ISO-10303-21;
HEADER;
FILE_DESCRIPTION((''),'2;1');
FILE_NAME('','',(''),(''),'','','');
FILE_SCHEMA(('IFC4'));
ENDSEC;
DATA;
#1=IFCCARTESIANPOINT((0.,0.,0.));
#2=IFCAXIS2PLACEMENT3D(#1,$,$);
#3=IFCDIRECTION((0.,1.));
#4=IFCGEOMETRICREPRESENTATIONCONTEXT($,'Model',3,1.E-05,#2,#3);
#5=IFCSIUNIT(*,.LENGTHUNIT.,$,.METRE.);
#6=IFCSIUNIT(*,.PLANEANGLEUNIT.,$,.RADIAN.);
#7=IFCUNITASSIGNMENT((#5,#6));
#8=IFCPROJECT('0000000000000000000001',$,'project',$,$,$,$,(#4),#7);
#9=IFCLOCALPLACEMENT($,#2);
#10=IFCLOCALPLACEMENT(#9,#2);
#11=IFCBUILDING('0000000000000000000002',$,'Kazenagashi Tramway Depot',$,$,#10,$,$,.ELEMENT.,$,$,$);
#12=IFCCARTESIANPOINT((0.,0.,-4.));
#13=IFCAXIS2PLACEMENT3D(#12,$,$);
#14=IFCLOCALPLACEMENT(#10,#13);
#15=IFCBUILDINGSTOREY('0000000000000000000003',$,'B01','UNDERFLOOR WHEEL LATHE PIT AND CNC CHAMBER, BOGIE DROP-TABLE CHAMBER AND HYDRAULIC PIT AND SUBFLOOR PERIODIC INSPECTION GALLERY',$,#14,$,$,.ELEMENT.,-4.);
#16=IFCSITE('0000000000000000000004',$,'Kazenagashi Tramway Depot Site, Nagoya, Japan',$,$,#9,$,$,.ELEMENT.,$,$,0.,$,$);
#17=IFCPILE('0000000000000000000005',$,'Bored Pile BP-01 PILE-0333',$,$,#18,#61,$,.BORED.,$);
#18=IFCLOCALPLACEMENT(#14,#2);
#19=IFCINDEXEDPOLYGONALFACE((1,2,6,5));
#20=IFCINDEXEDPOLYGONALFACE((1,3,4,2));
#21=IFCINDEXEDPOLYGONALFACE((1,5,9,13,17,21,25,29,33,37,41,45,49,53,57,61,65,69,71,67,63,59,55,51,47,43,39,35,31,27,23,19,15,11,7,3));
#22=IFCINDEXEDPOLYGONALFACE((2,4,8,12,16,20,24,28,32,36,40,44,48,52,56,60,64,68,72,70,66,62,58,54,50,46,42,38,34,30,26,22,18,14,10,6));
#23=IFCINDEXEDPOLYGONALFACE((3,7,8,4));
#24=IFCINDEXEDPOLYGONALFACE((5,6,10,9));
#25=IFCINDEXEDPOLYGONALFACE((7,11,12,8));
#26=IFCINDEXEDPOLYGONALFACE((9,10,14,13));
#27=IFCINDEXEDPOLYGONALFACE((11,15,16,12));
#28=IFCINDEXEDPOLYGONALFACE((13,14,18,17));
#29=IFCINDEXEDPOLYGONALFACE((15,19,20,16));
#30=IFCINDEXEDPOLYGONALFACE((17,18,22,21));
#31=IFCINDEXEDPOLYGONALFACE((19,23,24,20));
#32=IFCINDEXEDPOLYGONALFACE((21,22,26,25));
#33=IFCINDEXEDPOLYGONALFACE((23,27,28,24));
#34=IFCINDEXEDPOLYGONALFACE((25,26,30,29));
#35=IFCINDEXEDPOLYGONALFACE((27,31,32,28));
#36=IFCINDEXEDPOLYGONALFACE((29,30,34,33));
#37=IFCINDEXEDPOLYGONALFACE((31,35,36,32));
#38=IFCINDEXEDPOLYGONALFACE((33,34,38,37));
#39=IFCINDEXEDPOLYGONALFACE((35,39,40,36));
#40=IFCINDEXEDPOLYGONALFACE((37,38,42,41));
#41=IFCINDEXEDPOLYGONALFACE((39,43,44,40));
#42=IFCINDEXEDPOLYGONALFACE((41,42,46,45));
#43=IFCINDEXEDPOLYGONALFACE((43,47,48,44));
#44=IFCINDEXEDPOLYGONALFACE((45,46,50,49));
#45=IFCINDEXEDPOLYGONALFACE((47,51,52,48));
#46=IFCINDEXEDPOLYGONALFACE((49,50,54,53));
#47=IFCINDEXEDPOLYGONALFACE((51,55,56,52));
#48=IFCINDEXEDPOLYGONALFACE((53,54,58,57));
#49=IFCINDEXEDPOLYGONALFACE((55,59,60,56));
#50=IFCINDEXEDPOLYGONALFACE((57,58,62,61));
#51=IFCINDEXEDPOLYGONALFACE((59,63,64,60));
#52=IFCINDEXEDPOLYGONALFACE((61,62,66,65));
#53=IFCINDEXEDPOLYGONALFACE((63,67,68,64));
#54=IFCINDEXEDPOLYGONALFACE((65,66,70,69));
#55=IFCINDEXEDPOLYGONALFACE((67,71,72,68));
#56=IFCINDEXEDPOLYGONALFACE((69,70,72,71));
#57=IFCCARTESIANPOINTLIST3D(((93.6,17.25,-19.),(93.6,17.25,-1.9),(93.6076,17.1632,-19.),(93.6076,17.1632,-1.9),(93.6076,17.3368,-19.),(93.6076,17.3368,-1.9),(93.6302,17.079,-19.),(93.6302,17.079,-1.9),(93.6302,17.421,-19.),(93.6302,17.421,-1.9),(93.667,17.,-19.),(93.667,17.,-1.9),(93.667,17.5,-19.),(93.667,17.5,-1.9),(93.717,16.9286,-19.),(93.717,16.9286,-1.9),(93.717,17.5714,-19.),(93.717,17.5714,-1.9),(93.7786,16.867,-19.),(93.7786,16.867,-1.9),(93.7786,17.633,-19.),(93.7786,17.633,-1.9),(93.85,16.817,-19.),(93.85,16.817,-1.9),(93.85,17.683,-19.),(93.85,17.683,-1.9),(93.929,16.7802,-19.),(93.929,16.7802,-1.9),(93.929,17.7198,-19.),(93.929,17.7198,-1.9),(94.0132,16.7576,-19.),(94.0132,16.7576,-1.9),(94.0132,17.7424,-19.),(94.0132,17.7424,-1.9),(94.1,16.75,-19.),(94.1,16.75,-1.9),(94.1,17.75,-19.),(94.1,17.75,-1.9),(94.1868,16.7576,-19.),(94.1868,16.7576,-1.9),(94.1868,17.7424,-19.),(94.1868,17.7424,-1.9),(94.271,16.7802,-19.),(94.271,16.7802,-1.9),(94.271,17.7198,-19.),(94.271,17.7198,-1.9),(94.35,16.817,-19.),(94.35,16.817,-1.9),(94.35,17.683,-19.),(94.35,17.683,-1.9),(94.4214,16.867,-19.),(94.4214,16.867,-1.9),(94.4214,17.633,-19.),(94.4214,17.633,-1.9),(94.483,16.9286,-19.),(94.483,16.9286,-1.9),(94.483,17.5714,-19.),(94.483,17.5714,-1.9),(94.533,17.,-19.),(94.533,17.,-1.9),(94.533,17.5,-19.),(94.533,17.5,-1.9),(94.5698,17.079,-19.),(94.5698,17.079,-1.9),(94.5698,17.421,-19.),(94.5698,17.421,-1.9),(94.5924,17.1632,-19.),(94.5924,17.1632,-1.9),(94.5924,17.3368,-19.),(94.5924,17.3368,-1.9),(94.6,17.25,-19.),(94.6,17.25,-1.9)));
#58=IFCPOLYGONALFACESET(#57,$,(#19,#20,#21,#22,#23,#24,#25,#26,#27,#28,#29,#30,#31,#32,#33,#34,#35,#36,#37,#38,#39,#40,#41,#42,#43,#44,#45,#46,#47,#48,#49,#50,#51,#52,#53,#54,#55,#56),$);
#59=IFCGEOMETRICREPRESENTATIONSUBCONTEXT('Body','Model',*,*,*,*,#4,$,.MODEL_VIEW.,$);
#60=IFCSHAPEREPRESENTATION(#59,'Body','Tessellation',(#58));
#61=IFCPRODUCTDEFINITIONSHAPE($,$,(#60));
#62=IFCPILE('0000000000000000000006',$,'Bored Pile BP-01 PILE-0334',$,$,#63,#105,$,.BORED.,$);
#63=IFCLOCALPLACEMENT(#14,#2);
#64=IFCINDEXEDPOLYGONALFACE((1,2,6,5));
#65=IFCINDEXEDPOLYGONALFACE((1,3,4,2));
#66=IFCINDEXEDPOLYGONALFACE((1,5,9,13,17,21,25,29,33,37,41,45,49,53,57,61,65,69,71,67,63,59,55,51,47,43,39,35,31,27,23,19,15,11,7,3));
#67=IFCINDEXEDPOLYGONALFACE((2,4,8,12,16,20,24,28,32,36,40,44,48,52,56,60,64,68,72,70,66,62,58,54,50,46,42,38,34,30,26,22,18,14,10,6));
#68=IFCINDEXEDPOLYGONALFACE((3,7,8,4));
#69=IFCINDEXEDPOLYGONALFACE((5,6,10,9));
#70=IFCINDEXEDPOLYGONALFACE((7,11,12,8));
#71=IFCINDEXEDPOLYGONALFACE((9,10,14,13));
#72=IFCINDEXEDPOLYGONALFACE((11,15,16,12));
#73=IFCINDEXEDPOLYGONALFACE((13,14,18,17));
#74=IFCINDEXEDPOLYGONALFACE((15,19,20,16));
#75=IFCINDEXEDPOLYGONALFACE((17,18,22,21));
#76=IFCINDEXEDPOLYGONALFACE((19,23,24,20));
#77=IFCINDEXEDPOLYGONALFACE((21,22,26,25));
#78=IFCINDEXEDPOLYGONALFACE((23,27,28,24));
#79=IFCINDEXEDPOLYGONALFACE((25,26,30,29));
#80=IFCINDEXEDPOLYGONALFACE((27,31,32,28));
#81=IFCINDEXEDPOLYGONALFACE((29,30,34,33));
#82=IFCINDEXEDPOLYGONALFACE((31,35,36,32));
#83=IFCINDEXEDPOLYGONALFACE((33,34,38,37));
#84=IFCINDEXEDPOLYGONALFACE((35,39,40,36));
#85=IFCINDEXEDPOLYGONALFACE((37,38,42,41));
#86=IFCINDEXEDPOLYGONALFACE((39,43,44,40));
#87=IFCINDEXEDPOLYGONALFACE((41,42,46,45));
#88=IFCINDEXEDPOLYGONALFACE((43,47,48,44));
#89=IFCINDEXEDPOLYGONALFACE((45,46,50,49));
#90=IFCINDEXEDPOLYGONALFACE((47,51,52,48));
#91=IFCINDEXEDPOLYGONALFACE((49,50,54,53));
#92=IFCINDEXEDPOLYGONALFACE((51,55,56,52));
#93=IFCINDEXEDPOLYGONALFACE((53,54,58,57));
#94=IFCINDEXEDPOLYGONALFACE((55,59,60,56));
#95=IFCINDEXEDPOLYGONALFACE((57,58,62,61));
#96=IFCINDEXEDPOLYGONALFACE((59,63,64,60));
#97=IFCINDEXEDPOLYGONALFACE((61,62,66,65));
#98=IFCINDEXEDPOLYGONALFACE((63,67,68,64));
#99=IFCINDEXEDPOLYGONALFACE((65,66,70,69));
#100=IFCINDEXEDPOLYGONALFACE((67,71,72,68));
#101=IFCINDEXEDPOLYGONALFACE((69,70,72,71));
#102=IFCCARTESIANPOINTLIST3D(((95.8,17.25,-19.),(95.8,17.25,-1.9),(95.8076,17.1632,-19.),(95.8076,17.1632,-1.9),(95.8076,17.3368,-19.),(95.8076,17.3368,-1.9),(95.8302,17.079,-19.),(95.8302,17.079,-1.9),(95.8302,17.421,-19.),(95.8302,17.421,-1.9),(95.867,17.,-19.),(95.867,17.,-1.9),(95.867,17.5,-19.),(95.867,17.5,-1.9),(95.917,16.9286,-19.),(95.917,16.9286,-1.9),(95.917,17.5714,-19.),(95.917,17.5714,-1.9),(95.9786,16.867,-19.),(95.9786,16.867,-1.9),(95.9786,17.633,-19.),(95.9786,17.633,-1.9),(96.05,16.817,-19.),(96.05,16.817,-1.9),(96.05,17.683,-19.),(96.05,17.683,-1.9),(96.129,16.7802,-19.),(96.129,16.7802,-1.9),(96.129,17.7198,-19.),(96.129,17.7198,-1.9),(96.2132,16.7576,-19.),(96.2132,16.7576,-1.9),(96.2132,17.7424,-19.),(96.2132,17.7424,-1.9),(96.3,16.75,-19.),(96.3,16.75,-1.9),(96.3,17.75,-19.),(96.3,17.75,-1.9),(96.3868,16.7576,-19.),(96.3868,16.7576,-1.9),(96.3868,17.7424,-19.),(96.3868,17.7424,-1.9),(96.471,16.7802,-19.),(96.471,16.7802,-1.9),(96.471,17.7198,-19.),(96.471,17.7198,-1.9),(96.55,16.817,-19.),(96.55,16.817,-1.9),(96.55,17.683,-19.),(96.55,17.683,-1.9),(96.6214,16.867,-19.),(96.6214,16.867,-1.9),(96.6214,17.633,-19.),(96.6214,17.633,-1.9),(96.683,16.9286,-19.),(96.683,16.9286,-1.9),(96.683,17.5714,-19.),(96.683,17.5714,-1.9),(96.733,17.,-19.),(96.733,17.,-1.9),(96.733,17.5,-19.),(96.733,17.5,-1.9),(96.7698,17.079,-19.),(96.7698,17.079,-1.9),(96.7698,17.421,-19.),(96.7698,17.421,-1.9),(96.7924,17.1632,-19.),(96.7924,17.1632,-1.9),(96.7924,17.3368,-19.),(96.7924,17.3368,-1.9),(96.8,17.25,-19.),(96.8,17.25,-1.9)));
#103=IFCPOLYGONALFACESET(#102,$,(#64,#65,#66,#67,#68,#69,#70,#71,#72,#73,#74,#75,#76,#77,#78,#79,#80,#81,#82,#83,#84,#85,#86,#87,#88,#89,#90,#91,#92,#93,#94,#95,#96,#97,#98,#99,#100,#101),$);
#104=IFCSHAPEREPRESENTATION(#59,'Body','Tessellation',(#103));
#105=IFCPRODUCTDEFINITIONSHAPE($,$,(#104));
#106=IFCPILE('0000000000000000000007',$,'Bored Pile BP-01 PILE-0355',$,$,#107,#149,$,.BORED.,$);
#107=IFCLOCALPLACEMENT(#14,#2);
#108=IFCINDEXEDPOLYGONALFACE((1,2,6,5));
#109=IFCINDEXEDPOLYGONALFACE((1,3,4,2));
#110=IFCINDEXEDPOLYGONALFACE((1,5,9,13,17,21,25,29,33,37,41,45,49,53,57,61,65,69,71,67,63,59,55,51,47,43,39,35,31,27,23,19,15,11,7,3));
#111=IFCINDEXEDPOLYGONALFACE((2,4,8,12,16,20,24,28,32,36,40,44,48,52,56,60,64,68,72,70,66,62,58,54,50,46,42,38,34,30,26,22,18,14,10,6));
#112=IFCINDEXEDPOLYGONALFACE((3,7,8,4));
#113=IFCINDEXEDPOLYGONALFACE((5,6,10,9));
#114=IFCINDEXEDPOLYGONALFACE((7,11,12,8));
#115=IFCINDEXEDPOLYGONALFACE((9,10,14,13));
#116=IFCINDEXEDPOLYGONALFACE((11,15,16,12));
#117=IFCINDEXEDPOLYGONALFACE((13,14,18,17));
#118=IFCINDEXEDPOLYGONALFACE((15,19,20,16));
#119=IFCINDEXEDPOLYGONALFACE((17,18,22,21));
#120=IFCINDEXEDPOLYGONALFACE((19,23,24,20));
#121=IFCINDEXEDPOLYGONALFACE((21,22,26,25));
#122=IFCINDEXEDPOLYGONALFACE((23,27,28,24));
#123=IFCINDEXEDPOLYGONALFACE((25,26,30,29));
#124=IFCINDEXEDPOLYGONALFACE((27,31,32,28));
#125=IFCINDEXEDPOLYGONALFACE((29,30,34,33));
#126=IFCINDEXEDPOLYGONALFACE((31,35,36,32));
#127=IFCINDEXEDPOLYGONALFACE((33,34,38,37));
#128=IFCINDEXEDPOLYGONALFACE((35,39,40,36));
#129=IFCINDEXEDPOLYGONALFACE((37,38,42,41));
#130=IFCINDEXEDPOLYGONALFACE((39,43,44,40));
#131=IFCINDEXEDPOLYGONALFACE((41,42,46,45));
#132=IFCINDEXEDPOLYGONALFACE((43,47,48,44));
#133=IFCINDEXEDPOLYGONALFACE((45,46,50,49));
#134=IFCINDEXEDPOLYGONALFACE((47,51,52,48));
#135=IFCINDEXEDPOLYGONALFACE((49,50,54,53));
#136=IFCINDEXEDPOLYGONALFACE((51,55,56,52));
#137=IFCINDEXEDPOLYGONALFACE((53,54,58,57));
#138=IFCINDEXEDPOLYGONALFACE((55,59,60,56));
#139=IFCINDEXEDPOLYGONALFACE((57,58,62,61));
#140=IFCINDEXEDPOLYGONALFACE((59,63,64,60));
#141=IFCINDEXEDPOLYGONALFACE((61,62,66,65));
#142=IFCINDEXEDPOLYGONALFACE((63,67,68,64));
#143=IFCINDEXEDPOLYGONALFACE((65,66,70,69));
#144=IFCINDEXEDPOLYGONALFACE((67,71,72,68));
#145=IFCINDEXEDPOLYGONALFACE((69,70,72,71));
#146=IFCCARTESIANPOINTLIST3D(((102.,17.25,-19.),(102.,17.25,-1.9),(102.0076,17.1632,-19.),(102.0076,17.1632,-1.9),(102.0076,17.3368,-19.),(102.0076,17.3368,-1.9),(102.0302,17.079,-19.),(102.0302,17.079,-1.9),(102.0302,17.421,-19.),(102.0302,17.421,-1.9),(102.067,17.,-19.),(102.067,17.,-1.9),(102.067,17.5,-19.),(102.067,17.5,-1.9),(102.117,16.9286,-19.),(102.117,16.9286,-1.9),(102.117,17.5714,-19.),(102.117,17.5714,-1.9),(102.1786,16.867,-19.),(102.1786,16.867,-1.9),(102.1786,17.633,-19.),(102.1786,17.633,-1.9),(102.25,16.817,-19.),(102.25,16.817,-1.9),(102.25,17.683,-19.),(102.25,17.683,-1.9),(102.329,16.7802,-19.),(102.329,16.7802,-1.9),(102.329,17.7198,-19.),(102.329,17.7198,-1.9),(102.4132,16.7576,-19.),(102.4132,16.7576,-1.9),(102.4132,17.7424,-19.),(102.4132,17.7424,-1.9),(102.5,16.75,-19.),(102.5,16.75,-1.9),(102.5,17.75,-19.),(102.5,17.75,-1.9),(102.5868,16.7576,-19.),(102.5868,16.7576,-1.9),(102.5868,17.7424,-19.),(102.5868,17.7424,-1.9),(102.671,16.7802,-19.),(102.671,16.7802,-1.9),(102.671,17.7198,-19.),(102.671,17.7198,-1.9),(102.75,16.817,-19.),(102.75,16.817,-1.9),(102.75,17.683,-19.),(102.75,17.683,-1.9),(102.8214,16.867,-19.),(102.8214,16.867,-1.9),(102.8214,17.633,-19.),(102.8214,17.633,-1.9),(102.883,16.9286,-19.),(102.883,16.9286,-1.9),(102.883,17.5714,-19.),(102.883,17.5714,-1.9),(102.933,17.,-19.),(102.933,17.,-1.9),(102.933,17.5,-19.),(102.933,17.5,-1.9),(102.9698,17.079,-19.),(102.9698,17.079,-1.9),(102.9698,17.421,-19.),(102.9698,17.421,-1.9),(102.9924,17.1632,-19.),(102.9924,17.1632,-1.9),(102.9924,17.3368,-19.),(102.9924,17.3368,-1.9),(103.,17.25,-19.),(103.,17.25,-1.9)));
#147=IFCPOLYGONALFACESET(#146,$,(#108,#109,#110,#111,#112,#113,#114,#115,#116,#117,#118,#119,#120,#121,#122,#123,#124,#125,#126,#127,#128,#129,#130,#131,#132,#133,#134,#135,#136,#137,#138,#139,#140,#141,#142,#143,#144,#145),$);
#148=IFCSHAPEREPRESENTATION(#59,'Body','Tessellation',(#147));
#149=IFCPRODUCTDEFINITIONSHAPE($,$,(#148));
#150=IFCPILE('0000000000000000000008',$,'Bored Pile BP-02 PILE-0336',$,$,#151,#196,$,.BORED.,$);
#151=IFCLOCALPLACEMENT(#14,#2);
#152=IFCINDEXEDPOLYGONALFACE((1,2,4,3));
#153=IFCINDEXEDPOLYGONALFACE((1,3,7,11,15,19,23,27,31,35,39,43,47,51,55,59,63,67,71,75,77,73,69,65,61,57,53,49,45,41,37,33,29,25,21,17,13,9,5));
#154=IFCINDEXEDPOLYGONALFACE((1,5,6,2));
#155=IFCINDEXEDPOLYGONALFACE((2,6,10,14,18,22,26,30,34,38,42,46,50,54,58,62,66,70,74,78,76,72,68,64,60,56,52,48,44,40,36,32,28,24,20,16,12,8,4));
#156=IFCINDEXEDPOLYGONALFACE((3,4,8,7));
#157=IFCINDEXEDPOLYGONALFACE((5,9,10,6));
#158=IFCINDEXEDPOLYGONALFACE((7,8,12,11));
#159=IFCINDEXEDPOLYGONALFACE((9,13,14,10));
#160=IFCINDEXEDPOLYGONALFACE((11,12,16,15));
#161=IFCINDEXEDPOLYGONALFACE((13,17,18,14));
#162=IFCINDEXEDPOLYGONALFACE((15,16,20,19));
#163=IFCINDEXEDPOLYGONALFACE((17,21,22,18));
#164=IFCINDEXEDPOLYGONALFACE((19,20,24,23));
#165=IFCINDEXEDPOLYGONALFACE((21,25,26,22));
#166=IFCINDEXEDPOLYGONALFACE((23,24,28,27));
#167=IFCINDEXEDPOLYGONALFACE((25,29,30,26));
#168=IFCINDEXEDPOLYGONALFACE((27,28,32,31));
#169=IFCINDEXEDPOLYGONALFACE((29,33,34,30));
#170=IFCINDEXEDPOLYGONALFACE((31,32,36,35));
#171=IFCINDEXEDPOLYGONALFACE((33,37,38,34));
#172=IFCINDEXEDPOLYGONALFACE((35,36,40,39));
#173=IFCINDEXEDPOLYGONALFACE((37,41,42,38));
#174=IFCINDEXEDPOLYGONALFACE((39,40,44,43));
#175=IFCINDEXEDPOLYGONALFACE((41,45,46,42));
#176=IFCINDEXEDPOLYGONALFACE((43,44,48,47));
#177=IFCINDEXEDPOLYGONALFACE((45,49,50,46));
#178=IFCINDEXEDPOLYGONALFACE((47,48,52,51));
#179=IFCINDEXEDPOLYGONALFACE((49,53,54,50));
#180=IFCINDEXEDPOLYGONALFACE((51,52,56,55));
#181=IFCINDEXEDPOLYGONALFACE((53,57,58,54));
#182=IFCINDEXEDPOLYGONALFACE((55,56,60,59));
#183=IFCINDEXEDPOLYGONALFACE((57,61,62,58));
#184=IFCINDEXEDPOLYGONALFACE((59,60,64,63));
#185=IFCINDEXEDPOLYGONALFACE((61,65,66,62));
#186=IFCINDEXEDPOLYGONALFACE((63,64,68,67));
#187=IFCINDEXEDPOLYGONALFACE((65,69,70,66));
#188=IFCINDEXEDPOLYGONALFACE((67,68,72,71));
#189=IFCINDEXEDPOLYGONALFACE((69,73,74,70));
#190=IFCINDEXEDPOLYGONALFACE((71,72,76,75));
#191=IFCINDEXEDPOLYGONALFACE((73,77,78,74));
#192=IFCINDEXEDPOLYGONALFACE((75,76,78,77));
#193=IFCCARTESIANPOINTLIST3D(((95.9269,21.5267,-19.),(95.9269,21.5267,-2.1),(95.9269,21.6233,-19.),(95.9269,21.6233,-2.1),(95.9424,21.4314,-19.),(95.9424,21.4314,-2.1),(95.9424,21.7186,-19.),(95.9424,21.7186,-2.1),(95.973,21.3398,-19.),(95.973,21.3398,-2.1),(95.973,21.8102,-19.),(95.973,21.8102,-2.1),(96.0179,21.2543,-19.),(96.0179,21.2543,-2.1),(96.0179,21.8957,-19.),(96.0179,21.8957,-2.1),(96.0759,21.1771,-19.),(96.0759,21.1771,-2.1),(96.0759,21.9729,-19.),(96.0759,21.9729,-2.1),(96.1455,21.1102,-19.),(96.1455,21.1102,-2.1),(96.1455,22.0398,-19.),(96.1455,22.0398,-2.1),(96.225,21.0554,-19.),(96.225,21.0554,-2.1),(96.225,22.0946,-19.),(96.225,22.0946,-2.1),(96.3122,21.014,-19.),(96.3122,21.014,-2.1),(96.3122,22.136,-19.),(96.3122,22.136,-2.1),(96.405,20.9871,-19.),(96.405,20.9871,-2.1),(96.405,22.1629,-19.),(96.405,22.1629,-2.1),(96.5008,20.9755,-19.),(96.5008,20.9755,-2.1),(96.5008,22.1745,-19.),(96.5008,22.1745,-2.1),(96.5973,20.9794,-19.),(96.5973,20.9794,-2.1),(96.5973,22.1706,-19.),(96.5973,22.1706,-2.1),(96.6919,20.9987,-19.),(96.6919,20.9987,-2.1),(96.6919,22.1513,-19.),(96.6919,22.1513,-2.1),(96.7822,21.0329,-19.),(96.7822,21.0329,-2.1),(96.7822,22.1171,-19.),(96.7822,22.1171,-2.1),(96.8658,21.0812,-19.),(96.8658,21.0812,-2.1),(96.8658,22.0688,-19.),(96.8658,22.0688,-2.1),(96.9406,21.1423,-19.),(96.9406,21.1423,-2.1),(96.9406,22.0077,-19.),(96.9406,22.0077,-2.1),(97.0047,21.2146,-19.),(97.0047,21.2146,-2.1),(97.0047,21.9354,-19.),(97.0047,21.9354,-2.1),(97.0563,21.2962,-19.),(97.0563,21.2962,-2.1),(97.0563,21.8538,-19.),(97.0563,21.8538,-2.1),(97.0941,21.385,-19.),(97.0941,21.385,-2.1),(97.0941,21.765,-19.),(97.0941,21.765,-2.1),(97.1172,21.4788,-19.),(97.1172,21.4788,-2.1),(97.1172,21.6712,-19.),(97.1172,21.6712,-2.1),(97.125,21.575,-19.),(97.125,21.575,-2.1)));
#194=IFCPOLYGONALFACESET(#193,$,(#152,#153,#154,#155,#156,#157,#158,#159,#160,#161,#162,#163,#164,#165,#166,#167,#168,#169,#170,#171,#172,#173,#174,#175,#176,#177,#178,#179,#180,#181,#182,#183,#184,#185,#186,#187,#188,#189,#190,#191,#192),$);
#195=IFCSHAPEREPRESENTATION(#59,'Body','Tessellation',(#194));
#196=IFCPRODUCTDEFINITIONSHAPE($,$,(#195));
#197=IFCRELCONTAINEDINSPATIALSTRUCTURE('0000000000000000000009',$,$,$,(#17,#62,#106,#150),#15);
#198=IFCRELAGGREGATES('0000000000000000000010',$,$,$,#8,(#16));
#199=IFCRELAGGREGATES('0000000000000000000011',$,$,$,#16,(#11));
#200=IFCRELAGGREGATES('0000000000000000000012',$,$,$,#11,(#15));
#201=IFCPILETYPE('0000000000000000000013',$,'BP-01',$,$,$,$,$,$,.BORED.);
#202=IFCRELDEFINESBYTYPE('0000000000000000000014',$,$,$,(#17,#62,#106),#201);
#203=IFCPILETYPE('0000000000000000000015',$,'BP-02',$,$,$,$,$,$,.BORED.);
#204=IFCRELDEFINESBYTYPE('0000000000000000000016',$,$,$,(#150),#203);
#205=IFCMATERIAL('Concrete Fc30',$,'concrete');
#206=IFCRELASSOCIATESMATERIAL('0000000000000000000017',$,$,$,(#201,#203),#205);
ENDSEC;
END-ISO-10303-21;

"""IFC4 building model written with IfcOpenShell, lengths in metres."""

from ifc_helpers import new_model, si_unit, direction, frame, origin, origin_2d, place, context, subcontext, project, spatial, circle, extrude, material, material_profile, profile_set, type_object, element, save


model = new_model("IFC4")

# Units and contexts
model_context = context("Model", 3, precision=1e-05, world=origin(), true_north=direction((0.0, 1.0)))
body_context = subcontext(model_context, "Body", "Model", "MODEL_VIEW")
ifc_project = project(units=[si_unit("LENGTHUNIT", "METRE"), si_unit("PLANEANGLEUNIT", "RADIAN")], contexts=[model_context])

# Site, building, storey
site_placement = place(None, origin())
site = spatial("IfcSite", under=ifc_project, at=site_placement, Name="Kazenagashi Tramway Depot Site, Nagoya, Japan", CompositionType="ELEMENT", RefElevation=0.0)
building_placement = place(site_placement, origin())
building = spatial("IfcBuilding", under=site, at=building_placement, Name="Kazenagashi Tramway Depot", CompositionType="ELEMENT")
storey_placement = place(building_placement, frame((0.0, 0.0, -4.0)))
storey = spatial("IfcBuildingStorey", under=building, at=storey_placement, Name="B01", Description="UNDERFLOOR WHEEL LATHE PIT AND CNC CHAMBER, BOGIE DROP-TABLE CHAMBER AND HYDRAULIC PIT AND SUBFLOOR PERIODIC INSPECTION GALLERY", CompositionType="ELEMENT", Elevation=-4.0)

# Piles
ifc_material_1 = material(Name="Concrete Fc30", Category="concrete")
ifc_material_profile_1 = material_profile(ifc_material_1, circle(Radius=0.5, at=origin_2d()), Name="PILE-1000")
ifc_profile_set_1 = profile_set([ifc_material_profile_1], Name="Concrete Fc30")
pile_type_1 = type_object("IfcPileType", Name="BP-01", PredefinedType="BORED", material=ifc_profile_set_1)
for number, where, z_axis, x_axis, name in (
    (1, (94.1, 17.25, -1.9), (0.0, 0.0, -1.0), (1.0, 0.0, 0.0), "Bored Pile BP-01 PILE-0333"),
    (2, (96.3, 17.25, -1.9), (0.0, 0.0, -1.0), (1.0, 0.0, 0.0), "Bored Pile BP-01 PILE-0334"),
    (3, (102.5, 17.25, -1.9), (0.0, 0.0, -1.0), (1.0, 0.0, 0.0), "Bored Pile BP-01 PILE-0355"),
):
    element("IfcPile", number, at=place(storey_placement, frame(where, z_axis=z_axis, x_axis=x_axis)), inside=storey, type_object=pile_type_1, Name=name, PredefinedType="BORED", context=body_context, shape_type="SweptSolid", body=[
        extrude(circle(Radius=0.5, at=origin_2d()), origin(), (0.0, 0.0, 1.0), 17.1),
    ])
ifc_material_profile_2 = material_profile(ifc_material_1, circle(Radius=0.6, at=origin_2d()), Name="PILE-1200")
ifc_profile_set_2 = profile_set([ifc_material_profile_2], Name="Concrete Fc30")
pile_type_2 = type_object("IfcPileType", Name="BP-02", PredefinedType="BORED", material=ifc_profile_set_2)
for number, where, z_axis, x_axis, name in (
    (4, (96.525, 21.575, -2.1), (0.0, 0.0, -1.0), (1.0, 0.0, 0.0), "Bored Pile BP-02 PILE-0336"),
):
    element("IfcPile", number, at=place(storey_placement, frame(where, z_axis=z_axis, x_axis=x_axis)), inside=storey, type_object=pile_type_2, Name=name, PredefinedType="BORED", context=body_context, shape_type="SweptSolid", body=[
        extrude(circle(Radius=0.6, at=origin_2d()), origin(), (0.0, 0.0, 1.0), 16.9),
    ])

save(model, "model.ifc")
